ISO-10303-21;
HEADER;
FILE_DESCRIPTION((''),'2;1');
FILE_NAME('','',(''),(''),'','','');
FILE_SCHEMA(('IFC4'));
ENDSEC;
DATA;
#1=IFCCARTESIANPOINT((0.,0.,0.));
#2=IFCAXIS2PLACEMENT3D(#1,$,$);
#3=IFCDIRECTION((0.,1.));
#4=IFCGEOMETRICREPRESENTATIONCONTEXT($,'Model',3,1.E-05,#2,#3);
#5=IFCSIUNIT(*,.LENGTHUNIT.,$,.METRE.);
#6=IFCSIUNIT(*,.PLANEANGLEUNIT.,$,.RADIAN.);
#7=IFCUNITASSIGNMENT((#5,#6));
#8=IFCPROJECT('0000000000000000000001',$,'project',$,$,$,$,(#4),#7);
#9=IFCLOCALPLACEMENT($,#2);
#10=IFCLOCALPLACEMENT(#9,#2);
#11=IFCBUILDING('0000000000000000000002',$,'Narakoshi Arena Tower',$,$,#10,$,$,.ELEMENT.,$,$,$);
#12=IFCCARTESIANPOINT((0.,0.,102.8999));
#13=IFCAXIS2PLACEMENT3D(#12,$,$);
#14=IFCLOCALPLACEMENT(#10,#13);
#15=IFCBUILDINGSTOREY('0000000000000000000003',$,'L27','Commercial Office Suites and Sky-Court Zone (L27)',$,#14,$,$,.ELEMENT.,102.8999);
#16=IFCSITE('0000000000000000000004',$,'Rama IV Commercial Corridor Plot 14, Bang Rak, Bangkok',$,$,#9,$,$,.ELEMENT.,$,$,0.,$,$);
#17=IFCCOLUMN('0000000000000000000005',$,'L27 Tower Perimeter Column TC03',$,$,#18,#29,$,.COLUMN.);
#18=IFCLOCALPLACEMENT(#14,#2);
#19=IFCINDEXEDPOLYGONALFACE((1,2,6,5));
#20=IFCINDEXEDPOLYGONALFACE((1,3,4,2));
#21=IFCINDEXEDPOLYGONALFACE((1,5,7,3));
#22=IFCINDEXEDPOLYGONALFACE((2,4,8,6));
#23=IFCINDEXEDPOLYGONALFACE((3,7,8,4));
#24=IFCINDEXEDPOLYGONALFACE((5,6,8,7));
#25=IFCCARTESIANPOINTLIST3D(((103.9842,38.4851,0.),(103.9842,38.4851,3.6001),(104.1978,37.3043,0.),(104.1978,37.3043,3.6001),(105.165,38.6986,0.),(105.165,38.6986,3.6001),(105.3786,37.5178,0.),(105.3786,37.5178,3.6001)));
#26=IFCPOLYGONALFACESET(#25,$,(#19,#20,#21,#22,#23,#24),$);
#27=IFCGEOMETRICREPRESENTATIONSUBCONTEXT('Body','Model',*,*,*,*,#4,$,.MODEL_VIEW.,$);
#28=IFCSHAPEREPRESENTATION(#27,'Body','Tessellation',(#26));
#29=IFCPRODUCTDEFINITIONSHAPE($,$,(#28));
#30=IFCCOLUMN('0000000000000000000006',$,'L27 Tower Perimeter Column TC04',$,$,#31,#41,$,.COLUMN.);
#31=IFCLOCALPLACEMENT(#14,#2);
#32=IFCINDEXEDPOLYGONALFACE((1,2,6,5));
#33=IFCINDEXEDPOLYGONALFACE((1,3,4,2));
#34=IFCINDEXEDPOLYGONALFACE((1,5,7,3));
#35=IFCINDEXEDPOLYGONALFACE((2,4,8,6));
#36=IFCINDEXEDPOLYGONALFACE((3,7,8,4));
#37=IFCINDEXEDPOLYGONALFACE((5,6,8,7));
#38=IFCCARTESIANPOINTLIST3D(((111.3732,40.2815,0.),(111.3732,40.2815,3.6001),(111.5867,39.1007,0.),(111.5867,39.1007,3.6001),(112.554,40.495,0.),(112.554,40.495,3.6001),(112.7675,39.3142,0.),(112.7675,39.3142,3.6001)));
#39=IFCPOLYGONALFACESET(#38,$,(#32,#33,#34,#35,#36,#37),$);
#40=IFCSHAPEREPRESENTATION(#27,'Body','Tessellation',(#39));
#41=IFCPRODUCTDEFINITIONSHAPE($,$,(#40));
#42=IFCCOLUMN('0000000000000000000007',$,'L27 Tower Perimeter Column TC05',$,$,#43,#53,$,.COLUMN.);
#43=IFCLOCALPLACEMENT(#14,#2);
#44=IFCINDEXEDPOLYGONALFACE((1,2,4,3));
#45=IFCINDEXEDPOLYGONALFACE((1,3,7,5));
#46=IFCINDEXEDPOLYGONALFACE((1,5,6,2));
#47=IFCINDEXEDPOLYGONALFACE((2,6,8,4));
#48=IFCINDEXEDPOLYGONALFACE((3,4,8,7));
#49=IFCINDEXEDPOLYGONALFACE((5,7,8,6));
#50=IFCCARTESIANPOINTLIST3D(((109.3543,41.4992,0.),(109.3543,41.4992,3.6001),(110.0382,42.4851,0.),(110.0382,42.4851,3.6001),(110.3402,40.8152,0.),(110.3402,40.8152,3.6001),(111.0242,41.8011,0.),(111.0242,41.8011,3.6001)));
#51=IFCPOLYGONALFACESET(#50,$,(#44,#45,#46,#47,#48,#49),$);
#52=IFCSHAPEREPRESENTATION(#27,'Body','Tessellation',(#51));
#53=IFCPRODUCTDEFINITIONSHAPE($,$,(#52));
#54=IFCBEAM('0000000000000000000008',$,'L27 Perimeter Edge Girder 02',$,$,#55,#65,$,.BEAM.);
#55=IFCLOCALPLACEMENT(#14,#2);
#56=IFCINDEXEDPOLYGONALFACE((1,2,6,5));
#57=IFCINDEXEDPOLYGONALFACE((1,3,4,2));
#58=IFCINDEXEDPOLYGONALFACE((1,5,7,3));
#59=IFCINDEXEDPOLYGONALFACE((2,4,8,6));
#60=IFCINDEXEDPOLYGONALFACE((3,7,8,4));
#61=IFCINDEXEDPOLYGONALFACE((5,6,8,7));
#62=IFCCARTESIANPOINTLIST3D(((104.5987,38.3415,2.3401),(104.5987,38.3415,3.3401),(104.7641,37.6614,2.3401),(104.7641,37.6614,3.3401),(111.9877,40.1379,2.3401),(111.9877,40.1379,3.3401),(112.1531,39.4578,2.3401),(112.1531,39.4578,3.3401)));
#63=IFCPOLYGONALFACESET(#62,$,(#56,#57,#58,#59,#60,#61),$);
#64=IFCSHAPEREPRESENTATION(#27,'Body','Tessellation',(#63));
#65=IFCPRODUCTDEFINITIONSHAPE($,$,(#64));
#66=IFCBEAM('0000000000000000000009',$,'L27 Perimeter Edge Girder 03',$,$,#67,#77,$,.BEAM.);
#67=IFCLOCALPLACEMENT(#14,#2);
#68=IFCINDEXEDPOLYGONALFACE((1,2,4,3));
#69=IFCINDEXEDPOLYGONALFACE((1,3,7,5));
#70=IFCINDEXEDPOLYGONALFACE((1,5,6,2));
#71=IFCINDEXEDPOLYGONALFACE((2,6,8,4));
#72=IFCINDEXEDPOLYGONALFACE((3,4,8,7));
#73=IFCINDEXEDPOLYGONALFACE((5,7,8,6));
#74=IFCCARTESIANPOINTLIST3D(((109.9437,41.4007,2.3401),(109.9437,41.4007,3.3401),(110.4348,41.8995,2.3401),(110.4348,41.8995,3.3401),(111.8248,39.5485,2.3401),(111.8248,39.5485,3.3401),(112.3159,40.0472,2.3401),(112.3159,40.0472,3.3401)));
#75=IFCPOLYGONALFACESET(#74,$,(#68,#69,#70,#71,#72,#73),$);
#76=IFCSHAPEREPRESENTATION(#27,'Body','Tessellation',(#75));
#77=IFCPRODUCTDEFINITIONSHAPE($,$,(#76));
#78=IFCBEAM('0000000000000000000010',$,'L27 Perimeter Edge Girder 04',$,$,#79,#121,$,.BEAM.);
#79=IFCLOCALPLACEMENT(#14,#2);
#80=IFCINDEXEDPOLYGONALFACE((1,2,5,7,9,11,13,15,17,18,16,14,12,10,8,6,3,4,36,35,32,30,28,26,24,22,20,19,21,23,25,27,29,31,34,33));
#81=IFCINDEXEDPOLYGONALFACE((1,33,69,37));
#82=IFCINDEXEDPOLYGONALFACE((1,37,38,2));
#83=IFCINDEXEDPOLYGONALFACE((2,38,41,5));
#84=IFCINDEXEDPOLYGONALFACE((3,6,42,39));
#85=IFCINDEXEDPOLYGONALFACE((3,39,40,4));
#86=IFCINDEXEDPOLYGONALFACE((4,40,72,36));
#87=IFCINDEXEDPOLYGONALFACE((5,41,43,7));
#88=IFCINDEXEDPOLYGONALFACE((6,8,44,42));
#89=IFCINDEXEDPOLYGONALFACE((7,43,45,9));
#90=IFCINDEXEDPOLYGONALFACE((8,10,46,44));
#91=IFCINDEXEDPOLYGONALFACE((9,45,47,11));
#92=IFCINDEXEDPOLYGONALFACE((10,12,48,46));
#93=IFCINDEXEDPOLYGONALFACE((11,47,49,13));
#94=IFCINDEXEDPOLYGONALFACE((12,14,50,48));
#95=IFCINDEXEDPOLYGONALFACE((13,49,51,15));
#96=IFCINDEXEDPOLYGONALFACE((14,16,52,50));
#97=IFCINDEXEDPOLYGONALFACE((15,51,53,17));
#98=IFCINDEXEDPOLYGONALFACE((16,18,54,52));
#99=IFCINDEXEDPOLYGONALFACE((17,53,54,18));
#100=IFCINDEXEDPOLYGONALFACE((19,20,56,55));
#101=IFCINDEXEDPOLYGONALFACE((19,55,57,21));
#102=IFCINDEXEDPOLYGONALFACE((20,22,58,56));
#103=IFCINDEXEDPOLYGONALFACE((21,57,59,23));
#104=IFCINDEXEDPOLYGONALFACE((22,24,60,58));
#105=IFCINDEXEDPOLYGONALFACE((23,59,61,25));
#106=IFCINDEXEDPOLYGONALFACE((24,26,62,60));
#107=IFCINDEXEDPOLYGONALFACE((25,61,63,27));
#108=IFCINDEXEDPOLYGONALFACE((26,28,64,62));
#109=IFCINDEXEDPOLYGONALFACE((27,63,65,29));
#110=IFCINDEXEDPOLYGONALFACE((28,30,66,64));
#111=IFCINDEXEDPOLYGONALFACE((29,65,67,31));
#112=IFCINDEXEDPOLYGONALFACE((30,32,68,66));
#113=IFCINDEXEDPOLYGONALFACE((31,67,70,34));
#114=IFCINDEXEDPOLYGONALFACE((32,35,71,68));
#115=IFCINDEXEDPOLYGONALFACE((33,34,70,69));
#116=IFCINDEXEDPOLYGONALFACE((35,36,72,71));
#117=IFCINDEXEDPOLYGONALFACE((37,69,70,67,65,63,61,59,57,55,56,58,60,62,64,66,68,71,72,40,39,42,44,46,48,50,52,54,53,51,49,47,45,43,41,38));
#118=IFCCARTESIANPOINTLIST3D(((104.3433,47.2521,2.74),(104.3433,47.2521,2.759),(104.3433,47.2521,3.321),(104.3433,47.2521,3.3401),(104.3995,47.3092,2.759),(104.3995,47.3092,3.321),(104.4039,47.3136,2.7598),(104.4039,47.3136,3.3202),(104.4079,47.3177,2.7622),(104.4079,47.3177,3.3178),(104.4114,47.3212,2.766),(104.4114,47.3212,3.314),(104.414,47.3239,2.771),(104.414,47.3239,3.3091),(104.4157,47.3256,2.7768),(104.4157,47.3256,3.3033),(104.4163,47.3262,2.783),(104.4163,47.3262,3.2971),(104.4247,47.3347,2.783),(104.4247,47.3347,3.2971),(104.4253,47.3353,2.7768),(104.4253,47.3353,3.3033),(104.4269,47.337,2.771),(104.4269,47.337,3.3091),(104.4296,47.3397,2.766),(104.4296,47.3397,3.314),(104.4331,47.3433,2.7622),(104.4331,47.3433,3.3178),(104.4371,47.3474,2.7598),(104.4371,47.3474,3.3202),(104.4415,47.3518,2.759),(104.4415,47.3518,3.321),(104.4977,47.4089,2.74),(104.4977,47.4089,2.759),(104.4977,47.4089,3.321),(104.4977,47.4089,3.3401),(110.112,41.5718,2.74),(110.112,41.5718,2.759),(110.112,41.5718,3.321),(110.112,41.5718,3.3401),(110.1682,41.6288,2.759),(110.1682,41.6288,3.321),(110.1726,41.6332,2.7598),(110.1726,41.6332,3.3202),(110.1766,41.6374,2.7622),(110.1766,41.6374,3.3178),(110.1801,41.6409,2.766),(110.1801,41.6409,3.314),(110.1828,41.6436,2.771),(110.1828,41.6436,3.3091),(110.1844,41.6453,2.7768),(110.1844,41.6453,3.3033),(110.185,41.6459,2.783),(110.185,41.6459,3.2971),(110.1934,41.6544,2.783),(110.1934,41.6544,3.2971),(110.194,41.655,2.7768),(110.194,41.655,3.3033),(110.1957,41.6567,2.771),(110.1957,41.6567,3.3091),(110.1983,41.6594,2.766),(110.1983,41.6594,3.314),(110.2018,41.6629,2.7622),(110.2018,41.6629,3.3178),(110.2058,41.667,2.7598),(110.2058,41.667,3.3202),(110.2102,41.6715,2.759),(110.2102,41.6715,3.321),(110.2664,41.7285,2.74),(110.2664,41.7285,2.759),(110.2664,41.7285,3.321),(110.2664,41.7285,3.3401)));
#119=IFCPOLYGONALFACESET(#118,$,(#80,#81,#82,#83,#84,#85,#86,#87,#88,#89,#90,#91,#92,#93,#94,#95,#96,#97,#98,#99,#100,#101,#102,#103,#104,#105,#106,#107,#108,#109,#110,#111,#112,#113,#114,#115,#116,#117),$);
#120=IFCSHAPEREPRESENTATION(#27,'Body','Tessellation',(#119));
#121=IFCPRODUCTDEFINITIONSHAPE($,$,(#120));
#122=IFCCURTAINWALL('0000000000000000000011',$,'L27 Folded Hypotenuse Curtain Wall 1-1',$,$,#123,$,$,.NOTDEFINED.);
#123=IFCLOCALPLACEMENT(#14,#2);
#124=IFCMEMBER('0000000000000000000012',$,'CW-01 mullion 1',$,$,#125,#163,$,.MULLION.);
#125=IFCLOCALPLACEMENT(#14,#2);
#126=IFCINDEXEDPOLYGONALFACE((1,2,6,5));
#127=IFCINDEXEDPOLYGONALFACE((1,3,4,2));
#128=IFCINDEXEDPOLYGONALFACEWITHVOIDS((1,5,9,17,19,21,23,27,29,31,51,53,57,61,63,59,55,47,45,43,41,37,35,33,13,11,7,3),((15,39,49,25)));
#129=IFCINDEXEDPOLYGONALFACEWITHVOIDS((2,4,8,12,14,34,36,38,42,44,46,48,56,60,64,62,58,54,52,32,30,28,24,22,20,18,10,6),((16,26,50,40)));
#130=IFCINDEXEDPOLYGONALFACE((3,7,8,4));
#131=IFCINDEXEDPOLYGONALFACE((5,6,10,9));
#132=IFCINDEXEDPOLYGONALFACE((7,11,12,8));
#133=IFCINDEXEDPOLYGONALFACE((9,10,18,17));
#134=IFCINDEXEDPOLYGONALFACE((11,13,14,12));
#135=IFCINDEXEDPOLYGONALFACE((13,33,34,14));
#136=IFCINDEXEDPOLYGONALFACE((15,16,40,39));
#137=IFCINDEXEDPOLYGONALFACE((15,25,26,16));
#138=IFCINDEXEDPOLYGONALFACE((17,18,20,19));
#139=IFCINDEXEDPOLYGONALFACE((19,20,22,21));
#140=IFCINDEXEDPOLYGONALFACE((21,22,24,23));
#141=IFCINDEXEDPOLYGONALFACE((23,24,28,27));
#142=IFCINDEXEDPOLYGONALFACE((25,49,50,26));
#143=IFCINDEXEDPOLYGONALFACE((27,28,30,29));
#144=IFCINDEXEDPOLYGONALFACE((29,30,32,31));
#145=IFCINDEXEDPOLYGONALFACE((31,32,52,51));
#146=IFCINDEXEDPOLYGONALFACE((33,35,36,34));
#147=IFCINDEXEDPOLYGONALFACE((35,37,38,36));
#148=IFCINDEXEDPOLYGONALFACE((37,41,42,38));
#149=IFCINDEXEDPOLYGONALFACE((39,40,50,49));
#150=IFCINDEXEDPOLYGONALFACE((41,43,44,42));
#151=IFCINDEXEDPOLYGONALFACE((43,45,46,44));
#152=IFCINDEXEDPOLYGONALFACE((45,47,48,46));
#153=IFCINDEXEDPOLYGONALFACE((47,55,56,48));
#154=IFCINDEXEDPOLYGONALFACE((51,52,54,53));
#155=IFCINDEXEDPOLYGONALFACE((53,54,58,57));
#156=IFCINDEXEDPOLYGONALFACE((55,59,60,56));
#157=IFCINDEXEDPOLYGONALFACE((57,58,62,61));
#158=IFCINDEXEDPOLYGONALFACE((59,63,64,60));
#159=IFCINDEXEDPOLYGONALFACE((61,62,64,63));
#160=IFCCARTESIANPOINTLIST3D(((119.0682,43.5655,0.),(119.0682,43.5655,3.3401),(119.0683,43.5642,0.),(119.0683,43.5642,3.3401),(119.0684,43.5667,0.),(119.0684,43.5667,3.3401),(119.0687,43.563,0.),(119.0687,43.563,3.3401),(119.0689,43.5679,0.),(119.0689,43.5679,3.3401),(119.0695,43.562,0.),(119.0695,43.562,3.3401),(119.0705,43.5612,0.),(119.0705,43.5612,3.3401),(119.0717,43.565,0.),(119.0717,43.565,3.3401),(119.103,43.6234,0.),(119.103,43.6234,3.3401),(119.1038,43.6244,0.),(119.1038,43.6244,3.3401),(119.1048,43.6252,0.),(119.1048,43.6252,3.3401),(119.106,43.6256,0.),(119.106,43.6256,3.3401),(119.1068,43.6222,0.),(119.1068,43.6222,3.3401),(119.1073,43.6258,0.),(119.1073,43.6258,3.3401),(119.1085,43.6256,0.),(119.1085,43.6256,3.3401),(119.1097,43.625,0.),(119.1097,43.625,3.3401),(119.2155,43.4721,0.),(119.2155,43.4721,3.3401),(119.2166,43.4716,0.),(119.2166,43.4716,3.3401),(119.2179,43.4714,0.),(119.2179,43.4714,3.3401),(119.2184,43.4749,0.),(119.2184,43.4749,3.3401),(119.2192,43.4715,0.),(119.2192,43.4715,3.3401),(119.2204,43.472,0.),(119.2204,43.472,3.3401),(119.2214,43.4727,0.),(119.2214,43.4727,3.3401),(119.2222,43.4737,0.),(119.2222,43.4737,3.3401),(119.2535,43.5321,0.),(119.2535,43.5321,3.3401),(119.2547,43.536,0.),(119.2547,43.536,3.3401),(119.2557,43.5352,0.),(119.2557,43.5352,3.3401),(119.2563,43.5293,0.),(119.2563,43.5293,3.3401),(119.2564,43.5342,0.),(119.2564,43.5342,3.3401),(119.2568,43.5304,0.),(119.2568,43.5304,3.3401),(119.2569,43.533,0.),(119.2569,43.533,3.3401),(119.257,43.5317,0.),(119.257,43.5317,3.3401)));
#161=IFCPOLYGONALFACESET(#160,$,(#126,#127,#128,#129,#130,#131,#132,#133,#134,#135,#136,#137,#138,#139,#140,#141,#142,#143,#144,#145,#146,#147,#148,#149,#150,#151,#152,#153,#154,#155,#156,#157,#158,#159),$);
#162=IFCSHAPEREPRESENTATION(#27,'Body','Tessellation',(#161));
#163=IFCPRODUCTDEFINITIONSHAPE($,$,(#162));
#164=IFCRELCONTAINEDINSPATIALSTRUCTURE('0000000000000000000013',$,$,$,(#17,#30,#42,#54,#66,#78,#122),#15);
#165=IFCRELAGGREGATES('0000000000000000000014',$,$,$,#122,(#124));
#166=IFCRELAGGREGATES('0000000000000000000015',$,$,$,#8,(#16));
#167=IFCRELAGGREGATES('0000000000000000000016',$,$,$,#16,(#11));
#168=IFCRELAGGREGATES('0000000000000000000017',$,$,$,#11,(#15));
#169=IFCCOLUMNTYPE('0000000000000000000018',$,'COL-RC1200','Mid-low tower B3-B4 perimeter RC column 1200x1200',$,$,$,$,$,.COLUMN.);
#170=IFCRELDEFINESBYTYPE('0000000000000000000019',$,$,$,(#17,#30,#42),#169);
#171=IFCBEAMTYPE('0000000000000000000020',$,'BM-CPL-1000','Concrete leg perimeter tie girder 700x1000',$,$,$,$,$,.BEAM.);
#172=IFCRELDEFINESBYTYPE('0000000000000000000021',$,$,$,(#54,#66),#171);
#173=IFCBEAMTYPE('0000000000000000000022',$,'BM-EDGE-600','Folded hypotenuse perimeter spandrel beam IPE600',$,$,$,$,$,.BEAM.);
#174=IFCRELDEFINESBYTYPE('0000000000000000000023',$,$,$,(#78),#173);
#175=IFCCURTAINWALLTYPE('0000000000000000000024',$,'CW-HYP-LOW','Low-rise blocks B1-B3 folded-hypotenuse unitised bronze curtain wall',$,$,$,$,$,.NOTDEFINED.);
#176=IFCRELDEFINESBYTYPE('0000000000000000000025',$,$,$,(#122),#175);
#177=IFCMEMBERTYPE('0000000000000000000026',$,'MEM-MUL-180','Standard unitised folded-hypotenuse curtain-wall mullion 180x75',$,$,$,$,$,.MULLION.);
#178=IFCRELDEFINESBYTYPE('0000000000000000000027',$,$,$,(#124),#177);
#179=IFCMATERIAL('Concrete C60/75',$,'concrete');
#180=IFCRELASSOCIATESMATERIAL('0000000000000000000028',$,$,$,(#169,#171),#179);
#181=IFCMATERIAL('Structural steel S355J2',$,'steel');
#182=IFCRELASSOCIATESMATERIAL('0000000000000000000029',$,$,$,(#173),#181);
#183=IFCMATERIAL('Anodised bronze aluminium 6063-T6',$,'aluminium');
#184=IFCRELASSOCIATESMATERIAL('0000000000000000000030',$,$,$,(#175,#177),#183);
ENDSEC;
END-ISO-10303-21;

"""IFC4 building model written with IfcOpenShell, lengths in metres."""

from ifc_helpers import new_model, si_unit, direction, frame, origin, origin_2d, place, context, subcontext, project, spatial, rectangle, hollow_rectangle, i_section, extrude, material, material_profile, profile_set, type_object, element, aggregate, save


model = new_model("IFC4")

# Units and contexts
model_context = context("Model", 3, precision=1e-05, world=origin(), true_north=direction((0.0, 1.0)))
body_context = subcontext(model_context, "Body", "Model", "MODEL_VIEW")
ifc_project = project(units=[si_unit("LENGTHUNIT", "METRE"), si_unit("PLANEANGLEUNIT", "RADIAN")], contexts=[model_context])

# Site, building, storey
site_placement = place(None, origin())
site = spatial("IfcSite", under=ifc_project, at=site_placement, Name="Rama IV Commercial Corridor Plot 14, Bang Rak, Bangkok", CompositionType="ELEMENT", RefElevation=0.0)
building_placement = place(site_placement, origin())
building = spatial("IfcBuilding", under=site, at=building_placement, Name="Narakoshi Arena Tower", CompositionType="ELEMENT")
storey_placement = place(building_placement, frame((0.0, 0.0, 102.8999)))
storey = spatial("IfcBuildingStorey", under=building, at=storey_placement, Name="L27", Description="Commercial Office Suites and Sky-Court Zone (L27)", CompositionType="ELEMENT", Elevation=102.8999)

# Columns
ifc_material_1 = material(Name="Concrete C60/75", Category="concrete")
ifc_material_profile_1 = material_profile(ifc_material_1, rectangle(XDim=1.2, YDim=1.2, at=origin_2d()), Name="RC1200x1200")
ifc_profile_set_1 = profile_set([ifc_material_profile_1], Name="Concrete C60/75")
column_type = type_object("IfcColumnType", Name="COL-RC1200", Description="Mid-low tower B3-B4 perimeter RC column 1200x1200", PredefinedType="COLUMN", material=ifc_profile_set_1)
for number, where, z_axis, x_axis, name in (
    (1, (104.6814, 38.0015, 0.0), (0.0, 0.0, 1.0), (0.984041, 0.177944, 0.0), "L27 Tower Perimeter Column TC03"),
    (2, (112.0703, 39.7979, 0.0), (0.0, 0.0, 1.0), (0.984041, 0.177944, 0.0), "L27 Tower Perimeter Column TC04"),
    (3, (110.1892, 41.6501, 0.0), (0.0, 0.0, 1.0), (0.569997, 0.821647, 0.0), "L27 Tower Perimeter Column TC05"),
):
    element("IfcColumn", number, at=place(storey_placement, frame(where, z_axis=z_axis, x_axis=x_axis)), inside=storey, type_object=column_type, Name=name, PredefinedType="COLUMN", context=body_context, shape_type="SweptSolid", body=[
        extrude(rectangle(XDim=1.2, YDim=1.2, at=origin_2d()), origin(), (0.0, 0.0, 1.0), 3.6001),
    ])

# Beams
ifc_material_profile_2 = material_profile(ifc_material_1, rectangle(XDim=0.7, YDim=1.0, at=origin_2d()), Name="RCB700x1000")
ifc_profile_set_2 = profile_set([ifc_material_profile_2], Name="Concrete C60/75")
beam_type_1 = type_object("IfcBeamType", Name="BM-CPL-1000", Description="Concrete leg perimeter tie girder 700x1000", PredefinedType="BEAM", material=ifc_profile_set_2)
beam_1_placement = place(storey_placement, frame((104.6814, 38.0015, 2.8401), z_axis=(0.971695, 0.236238, 0.0), x_axis=(-0.236238, 0.971695, 0.0)))
element("IfcBeam", 4, at=beam_1_placement, inside=storey, type_object=beam_type_1, Name="L27 Perimeter Edge Girder 02", PredefinedType="BEAM", context=body_context, shape_type="SweptSolid", body=[
    extrude(rectangle(XDim=0.7, YDim=1.0, at=origin_2d()), origin(), (0.0, 0.0, 1.0), 7.6042),
])
beam_2_placement = place(storey_placement, frame((112.0703, 39.7979, 2.8401), z_axis=(-0.712542, 0.70163, 0.0), x_axis=(-0.70163, -0.712542, 0.0)))
element("IfcBeam", 5, at=beam_2_placement, inside=storey, type_object=beam_type_1, Name="L27 Perimeter Edge Girder 03", PredefinedType="BEAM", context=body_context, shape_type="SweptSolid", body=[
    extrude(rectangle(XDim=0.7, YDim=1.0, at=origin_2d()), origin(), (0.0, 0.0, 1.0), 2.6399),
])
ifc_material_2 = material(Name="Structural steel S355J2", Category="steel")
ifc_material_profile_3 = material_profile(ifc_material_2, i_section(OverallWidth=0.22, OverallDepth=0.6001, WebThickness=0.012, FlangeThickness=0.019, FilletRadius=0.0239, at=origin_2d()), Name="IPE600")
ifc_profile_set_3 = profile_set([ifc_material_profile_3], Name="Structural steel S355J2")
beam_type_2 = type_object("IfcBeamType", Name="BM-EDGE-600", Description="Folded hypotenuse perimeter spandrel beam IPE600", PredefinedType="BEAM", material=ifc_profile_set_3)
beam_3_placement = place(storey_placement, frame((110.1892, 41.6501, 3.04), z_axis=(-0.712544, 0.701628, 0.0), x_axis=(-0.701628, -0.712544, 0.0)))
element("IfcBeam", 6, at=beam_3_placement, inside=storey, type_object=beam_type_2, Name="L27 Perimeter Edge Girder 04", PredefinedType="BEAM", context=body_context, shape_type="SweptSolid", body=[
    extrude(i_section(OverallWidth=0.22, OverallDepth=0.6001, WebThickness=0.012, FlangeThickness=0.019, FilletRadius=0.0239, at=origin_2d()), origin(), (0.0, 0.0, 1.0), 8.0959),
])

# Curtain wall, member
ifc_material_3 = material(Name="Anodised bronze aluminium 6063-T6", Category="aluminium")
curtain_wall_type = type_object("IfcCurtainWallType", Name="CW-HYP-LOW", Description="Low-rise blocks B1-B3 folded-hypotenuse unitised bronze curtain wall", PredefinedType="NOTDEFINED", material=ifc_material_3)
curtain_wall_placement = place(storey_placement, origin())
curtain_wall = element("IfcCurtainWall", 7, at=curtain_wall_placement, inside=storey, type_object=curtain_wall_type, Name="L27 Folded Hypotenuse Curtain Wall 1-1", PredefinedType="NOTDEFINED")
ifc_material_profile_4 = material_profile(ifc_material_3, hollow_rectangle(XDim=0.075, YDim=0.1799, WallThickness=0.0039, OuterFilletRadius=0.0049, at=origin_2d()), Name="MUL180x75x4")
ifc_profile_set_4 = profile_set([ifc_material_profile_4], Name="Anodised bronze aluminium 6063-T6")
member_type_1 = type_object("IfcMemberType", Name="MEM-MUL-180", Description="Standard unitised folded-hypotenuse curtain-wall mullion 180x75", PredefinedType="MULLION", material=ifc_profile_set_4)
member_1_placement = place(storey_placement, frame((119.1626, 43.5486, 0.0), z_axis=(0.0, 0.0, 1.0), x_axis=(-0.523358, -0.852113, 0.0)))
member_1 = element("IfcMember", 8, at=member_1_placement, type_object=member_type_1, Name="CW-01 mullion 1", PredefinedType="MULLION", context=body_context, shape_type="SweptSolid", body=[
    extrude(hollow_rectangle(XDim=0.075, YDim=0.1799, WallThickness=0.0039, OuterFilletRadius=0.0049, at=origin_2d()), origin(), (0.0, 0.0, 1.0), 3.3401),
])
aggregate(curtain_wall, [member_1])

save(model, "model.ifc")
